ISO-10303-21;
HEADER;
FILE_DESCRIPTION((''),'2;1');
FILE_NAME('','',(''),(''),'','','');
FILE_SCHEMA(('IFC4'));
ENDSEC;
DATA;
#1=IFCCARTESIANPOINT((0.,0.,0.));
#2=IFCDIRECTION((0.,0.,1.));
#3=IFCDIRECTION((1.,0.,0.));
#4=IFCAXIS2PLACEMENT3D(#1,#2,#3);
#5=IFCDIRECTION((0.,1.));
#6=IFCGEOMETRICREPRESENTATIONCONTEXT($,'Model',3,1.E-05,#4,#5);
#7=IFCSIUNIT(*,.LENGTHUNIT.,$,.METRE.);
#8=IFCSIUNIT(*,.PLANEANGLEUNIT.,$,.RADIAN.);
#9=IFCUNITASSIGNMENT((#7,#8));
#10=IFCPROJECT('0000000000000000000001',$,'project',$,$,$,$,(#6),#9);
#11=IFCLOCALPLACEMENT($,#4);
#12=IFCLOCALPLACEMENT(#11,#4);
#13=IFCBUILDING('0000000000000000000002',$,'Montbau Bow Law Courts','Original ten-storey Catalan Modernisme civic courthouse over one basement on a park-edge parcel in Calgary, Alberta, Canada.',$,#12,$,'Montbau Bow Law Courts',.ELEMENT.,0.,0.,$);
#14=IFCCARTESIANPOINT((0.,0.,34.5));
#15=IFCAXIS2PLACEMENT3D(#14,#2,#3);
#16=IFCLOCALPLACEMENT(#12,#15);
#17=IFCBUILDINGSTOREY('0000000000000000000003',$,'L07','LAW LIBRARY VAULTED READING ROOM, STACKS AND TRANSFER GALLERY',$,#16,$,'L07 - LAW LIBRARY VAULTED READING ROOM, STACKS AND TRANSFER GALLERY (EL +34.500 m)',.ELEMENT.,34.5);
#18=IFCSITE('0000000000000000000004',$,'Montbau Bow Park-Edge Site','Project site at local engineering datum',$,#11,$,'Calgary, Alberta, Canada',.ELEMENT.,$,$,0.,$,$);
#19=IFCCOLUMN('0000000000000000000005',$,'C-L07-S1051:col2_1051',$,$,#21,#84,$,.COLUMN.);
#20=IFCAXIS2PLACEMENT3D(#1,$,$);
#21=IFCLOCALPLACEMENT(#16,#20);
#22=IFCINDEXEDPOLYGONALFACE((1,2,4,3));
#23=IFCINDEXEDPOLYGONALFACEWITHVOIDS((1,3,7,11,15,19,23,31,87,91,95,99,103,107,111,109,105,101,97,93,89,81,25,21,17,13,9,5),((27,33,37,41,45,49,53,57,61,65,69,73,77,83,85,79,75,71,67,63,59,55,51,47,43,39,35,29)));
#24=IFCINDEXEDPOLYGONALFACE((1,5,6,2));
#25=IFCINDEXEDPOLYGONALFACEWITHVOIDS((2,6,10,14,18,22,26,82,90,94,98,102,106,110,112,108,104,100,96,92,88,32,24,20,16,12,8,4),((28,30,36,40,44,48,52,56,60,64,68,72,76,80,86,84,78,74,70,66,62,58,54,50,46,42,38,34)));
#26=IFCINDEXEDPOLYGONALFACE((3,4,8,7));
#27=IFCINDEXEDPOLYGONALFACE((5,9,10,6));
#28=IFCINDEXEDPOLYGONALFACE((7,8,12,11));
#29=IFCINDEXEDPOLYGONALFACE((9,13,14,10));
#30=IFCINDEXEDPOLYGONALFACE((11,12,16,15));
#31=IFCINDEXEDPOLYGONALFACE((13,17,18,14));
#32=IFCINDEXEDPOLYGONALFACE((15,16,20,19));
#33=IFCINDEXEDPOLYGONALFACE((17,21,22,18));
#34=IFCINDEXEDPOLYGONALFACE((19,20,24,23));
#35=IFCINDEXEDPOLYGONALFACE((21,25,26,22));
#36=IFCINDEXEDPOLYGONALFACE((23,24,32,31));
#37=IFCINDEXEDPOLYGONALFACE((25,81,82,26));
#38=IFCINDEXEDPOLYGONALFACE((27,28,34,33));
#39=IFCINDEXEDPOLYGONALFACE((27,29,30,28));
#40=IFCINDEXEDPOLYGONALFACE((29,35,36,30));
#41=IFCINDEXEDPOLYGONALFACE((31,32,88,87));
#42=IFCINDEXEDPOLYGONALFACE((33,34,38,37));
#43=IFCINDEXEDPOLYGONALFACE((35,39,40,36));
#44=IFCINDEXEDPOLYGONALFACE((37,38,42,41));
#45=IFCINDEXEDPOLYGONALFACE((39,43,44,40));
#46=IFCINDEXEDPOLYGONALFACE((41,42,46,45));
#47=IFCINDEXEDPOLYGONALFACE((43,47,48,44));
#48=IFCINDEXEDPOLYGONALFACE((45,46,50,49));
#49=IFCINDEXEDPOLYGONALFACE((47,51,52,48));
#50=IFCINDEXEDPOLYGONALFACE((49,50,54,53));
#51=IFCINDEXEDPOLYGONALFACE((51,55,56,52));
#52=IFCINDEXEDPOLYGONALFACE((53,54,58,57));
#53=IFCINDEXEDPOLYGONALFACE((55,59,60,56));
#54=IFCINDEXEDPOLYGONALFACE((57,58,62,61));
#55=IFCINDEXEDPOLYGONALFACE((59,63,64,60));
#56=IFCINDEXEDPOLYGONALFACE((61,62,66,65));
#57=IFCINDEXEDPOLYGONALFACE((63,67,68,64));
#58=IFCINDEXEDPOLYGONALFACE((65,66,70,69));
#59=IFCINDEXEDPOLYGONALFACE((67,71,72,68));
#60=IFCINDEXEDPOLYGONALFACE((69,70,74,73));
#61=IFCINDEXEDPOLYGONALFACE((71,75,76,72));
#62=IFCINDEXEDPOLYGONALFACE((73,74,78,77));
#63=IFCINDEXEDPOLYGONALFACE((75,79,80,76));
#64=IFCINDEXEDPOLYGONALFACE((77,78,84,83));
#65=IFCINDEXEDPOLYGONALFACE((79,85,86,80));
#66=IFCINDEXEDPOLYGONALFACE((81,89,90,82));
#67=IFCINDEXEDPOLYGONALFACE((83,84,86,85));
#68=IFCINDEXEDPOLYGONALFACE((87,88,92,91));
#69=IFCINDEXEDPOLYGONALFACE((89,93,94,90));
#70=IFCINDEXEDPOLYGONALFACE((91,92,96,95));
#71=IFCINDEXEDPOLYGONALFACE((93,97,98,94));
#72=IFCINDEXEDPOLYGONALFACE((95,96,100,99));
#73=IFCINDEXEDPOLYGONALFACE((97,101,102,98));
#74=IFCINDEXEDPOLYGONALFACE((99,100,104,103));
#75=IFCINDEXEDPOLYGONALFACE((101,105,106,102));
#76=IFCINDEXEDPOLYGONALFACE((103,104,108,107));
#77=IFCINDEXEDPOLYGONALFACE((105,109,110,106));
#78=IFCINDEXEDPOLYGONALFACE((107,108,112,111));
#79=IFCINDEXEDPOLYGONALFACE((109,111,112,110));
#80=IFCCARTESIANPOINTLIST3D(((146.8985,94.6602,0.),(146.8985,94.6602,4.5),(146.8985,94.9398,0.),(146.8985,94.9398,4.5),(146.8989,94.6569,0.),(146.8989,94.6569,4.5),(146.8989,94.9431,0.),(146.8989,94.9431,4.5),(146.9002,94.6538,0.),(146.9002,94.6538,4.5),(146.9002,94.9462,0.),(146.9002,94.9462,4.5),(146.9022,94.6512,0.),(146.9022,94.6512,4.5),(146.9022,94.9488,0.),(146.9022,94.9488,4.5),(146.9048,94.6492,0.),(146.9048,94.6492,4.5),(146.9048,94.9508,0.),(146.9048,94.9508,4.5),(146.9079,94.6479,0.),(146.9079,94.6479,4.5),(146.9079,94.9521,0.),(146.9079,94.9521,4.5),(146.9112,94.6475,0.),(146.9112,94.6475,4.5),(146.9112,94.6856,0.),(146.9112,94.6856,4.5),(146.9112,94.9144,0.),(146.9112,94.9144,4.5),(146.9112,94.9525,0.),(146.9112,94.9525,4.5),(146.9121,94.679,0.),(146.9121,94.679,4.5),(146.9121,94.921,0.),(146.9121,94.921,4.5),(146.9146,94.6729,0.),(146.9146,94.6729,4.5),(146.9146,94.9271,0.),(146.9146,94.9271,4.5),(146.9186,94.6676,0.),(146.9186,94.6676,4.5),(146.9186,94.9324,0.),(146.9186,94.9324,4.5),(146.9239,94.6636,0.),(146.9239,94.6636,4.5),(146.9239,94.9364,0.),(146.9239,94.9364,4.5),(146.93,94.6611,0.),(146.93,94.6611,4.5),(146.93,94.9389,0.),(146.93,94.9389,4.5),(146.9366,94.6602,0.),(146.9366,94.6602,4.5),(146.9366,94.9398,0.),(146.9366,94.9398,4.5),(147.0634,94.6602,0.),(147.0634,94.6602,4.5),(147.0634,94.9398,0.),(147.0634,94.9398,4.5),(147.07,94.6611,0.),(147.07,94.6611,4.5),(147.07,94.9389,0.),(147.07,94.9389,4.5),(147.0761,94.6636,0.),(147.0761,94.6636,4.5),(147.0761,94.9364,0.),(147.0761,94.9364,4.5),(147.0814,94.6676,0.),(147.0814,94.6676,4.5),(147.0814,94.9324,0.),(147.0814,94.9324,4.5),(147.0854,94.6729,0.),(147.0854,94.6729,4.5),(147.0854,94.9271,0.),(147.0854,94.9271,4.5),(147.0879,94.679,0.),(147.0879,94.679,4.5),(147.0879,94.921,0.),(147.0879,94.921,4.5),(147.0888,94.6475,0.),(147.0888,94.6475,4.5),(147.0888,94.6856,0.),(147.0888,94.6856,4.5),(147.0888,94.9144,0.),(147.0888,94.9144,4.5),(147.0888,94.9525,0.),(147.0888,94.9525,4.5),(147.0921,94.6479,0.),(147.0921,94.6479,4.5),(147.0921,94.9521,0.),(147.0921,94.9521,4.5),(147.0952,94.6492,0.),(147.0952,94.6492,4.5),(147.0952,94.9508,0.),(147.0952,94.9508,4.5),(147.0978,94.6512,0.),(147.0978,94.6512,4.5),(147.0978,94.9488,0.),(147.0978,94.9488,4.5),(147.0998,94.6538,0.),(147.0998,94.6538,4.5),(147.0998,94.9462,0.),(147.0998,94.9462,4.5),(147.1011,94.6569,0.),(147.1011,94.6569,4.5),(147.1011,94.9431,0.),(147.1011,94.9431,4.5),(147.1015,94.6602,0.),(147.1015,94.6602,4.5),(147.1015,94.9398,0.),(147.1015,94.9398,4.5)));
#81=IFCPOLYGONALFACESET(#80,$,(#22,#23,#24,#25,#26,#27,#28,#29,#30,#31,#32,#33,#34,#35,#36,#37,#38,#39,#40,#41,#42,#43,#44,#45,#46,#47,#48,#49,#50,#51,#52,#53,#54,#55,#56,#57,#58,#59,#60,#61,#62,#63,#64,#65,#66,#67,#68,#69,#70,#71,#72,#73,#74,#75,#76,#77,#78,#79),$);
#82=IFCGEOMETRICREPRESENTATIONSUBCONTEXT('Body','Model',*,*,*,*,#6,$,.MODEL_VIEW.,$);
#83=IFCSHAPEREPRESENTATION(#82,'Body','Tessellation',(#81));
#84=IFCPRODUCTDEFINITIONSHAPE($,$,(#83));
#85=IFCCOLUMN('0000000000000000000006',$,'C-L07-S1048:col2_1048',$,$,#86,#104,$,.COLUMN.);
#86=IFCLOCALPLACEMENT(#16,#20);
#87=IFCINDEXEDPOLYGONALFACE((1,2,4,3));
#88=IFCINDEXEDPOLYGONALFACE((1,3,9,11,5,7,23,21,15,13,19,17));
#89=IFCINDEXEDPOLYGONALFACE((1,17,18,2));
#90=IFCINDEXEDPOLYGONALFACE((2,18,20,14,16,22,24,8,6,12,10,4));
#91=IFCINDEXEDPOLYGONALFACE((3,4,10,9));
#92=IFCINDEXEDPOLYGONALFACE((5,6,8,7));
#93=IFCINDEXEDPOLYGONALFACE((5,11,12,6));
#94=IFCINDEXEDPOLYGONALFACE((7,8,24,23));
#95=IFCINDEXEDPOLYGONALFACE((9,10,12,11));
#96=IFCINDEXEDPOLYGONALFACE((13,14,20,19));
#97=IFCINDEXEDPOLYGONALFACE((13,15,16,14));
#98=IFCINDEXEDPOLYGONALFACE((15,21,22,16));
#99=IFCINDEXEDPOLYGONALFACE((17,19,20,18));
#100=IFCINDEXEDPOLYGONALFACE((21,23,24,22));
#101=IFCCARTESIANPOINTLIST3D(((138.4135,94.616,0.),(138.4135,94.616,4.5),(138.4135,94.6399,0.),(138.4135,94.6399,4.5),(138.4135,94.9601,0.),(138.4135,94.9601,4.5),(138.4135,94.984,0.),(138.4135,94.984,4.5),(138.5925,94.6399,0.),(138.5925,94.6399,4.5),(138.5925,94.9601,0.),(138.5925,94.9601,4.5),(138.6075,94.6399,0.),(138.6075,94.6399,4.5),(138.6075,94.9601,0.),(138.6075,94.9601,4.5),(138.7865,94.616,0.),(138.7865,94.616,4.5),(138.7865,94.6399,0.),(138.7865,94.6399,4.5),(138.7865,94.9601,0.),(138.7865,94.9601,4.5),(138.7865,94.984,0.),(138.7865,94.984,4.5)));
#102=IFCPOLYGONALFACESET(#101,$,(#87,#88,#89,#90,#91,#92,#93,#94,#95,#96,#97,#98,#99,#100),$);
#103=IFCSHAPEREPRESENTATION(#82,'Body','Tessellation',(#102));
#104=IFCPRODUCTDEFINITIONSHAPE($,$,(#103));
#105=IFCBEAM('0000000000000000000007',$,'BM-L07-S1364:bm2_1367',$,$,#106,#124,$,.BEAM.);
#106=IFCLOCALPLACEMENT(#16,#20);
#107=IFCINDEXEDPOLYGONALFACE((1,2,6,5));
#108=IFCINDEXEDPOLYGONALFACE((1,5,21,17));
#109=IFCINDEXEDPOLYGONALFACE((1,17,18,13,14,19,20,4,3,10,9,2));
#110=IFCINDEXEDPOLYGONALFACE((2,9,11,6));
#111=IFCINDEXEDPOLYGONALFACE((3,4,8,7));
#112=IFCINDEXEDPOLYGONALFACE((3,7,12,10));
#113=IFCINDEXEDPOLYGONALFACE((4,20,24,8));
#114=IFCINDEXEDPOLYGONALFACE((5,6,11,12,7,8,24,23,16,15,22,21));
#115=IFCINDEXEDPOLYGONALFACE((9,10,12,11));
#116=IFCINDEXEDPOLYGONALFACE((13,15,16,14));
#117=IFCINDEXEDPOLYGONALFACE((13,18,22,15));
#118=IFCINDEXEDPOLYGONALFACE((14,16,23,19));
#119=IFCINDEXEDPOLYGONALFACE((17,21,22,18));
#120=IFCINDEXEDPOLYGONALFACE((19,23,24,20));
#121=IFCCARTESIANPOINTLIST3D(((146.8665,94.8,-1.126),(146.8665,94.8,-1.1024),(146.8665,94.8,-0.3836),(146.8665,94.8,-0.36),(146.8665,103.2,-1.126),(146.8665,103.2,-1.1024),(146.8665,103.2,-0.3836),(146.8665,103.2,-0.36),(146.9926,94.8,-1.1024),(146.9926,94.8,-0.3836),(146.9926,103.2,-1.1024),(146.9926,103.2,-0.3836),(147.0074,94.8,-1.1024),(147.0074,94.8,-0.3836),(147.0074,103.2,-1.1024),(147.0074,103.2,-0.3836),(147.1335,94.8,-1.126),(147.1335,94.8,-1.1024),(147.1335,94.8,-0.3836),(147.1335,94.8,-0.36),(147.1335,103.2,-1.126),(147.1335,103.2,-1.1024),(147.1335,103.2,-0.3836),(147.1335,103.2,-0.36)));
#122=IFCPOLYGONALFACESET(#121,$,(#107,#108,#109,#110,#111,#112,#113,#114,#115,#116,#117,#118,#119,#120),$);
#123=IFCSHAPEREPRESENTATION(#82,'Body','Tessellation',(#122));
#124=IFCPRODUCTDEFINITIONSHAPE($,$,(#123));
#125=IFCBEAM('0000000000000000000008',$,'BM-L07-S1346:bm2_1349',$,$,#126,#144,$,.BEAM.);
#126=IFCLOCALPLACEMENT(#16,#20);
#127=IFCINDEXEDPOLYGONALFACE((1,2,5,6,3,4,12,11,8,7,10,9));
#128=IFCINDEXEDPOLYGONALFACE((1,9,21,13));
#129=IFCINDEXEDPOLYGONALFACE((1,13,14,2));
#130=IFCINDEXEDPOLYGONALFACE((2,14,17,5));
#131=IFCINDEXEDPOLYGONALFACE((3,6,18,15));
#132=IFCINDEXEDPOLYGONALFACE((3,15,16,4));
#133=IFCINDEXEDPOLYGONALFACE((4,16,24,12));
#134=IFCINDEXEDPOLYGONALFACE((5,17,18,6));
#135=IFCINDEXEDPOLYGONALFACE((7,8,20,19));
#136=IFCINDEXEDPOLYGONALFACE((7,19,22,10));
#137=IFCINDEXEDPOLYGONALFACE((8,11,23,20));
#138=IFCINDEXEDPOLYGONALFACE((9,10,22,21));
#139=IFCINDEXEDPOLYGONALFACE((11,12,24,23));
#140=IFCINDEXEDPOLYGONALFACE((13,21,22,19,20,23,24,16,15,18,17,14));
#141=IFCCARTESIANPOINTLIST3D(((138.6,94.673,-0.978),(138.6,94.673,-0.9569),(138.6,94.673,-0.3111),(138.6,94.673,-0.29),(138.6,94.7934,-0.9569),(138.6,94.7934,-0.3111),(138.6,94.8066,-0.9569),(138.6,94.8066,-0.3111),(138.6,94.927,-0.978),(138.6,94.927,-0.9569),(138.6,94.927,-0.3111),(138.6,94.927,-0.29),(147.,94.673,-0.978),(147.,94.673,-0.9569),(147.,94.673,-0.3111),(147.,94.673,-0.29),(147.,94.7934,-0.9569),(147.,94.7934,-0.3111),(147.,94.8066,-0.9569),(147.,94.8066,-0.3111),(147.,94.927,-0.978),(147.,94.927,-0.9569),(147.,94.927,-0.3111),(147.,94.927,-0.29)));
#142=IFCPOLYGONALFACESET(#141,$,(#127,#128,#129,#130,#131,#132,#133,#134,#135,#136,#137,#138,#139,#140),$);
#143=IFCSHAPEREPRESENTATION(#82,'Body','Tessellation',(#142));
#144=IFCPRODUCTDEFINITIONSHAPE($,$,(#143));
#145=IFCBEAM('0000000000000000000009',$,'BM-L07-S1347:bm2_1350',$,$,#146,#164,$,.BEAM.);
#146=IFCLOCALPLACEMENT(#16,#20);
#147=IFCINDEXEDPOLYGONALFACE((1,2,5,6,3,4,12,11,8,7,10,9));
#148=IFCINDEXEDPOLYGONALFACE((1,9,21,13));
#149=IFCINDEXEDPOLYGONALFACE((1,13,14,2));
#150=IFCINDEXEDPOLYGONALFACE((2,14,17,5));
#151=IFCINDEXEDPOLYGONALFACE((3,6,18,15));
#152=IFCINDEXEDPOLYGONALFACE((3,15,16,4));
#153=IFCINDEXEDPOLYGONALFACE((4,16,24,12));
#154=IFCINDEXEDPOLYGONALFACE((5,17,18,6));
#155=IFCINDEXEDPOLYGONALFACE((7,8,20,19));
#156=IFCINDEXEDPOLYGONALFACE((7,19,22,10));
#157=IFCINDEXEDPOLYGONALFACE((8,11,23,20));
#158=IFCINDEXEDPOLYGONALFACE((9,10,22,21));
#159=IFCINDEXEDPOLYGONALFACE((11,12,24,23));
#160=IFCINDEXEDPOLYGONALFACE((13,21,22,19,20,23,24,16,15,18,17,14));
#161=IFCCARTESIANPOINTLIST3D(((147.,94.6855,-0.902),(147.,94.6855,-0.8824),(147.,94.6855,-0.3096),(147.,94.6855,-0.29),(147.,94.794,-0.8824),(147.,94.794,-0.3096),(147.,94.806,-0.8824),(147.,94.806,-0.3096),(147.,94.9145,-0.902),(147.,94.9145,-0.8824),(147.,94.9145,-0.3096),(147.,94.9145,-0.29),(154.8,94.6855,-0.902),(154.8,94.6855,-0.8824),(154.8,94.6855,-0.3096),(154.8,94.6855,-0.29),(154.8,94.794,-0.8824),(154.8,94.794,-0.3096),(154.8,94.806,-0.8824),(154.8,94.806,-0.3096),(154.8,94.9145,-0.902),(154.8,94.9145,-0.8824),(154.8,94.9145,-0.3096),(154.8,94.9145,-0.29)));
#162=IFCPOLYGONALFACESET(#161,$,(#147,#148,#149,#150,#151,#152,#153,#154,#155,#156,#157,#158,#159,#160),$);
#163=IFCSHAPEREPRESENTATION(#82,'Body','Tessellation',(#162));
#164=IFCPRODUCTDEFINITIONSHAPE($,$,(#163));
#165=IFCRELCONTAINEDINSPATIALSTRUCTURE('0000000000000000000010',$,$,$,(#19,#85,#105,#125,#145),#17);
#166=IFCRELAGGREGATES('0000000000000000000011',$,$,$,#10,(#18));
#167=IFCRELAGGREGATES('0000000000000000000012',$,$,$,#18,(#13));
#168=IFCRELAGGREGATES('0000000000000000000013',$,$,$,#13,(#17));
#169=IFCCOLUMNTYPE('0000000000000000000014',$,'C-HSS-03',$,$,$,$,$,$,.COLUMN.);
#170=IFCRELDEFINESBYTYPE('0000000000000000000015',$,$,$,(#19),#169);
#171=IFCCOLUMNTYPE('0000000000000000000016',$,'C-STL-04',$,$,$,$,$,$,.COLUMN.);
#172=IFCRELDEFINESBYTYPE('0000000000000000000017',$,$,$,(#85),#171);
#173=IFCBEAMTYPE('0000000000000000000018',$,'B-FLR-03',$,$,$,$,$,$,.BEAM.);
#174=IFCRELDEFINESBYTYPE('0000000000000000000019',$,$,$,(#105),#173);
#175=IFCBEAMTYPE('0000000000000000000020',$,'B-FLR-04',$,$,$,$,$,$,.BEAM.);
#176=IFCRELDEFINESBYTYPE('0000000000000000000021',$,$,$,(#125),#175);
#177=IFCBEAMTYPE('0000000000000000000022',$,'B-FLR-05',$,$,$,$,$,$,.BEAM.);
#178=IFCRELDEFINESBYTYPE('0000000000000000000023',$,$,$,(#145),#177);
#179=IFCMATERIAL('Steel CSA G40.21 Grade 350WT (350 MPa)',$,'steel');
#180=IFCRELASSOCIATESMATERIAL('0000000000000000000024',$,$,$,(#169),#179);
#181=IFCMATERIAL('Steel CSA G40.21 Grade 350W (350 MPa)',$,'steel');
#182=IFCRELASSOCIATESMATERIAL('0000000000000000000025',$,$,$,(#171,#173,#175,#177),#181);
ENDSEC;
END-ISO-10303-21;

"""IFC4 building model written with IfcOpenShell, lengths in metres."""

from ifc_helpers import new_model, si_unit, direction, frame, origin_with_axes, origin_2d_with_axis, place, context, subcontext, project, spatial, hollow_rectangle, i_section, extrude, material, material_profile, profile_set, type_object, element, save


model = new_model("IFC4")

# Units and contexts
model_context = context("Model", 3, precision=1e-05, world=origin_with_axes(), true_north=direction((0.0, 1.0)))
body_context = subcontext(model_context, "Body", "Model", "MODEL_VIEW")
ifc_project = project(units=[si_unit("LENGTHUNIT", "METRE"), si_unit("PLANEANGLEUNIT", "RADIAN")], contexts=[model_context])

# Site, building, storey
site_placement = place(None, origin_with_axes())
site = spatial("IfcSite", under=ifc_project, at=site_placement, Name="Montbau Bow Park-Edge Site", Description="Project site at local engineering datum", LongName="Calgary, Alberta, Canada", CompositionType="ELEMENT", RefElevation=0.0)
building_placement = place(site_placement, origin_with_axes())
building = spatial("IfcBuilding", under=site, at=building_placement, Name="Montbau Bow Law Courts", Description="Original ten-storey Catalan Modernisme civic courthouse over one basement on a park-edge parcel in Calgary, Alberta, Canada.", LongName="Montbau Bow Law Courts", CompositionType="ELEMENT", ElevationOfRefHeight=0.0, ElevationOfTerrain=0.0)
storey_placement = place(building_placement, frame((0.0, 0.0, 34.5), z_axis=(0.0, 0.0, 1.0), x_axis=(1.0, 0.0, 0.0)))
storey = spatial("IfcBuildingStorey", under=building, at=storey_placement, Name="L07", Description="LAW LIBRARY VAULTED READING ROOM, STACKS AND TRANSFER GALLERY", LongName="L07 - LAW LIBRARY VAULTED READING ROOM, STACKS AND TRANSFER GALLERY (EL +34.500 m)", CompositionType="ELEMENT", Elevation=34.5)

# Columns
ifc_material_1 = material(Name="Steel CSA G40.21 Grade 350WT (350 MPa)", Category="steel")
ifc_material_profile_1 = material_profile(ifc_material_1, hollow_rectangle(XDim=0.203, YDim=0.305, WallThickness=0.0127, InnerFilletRadius=0.0254, OuterFilletRadius=0.0127, at=origin_2d_with_axis()), Name="HSS305X203X13", Category="Main", Priority=0)
ifc_profile_set_1 = profile_set([ifc_material_profile_1], Name="Steel CSA G40.21 Grade 350WT (350 MPa)")
column_type_1 = type_object("IfcColumnType", Name="C-HSS-03", PredefinedType="COLUMN", material=ifc_profile_set_1)
column_1_placement = place(None, frame((147.0, 94.8, 34.5), z_axis=(0.0, 0.0, 1.0), x_axis=(1.0, 0.0, 0.0)))
element("IfcColumn", 1, at=column_1_placement, inside=storey, type_object=column_type_1, Name="C-L07-S1051:col2_1051", PredefinedType="COLUMN", context=body_context, shape_type="SweptSolid", body=[
    extrude(hollow_rectangle(XDim=0.203, YDim=0.305, WallThickness=0.0127, InnerFilletRadius=0.0254, OuterFilletRadius=0.0127, at=origin_2d_with_axis()), origin_with_axes(), (0.0, 0.0, 1.0), 4.5),
])
ifc_material_2 = material(Name="Steel CSA G40.21 Grade 350W (350 MPa)", Category="steel")
ifc_material_profile_2 = material_profile(ifc_material_2, i_section(OverallWidth=0.373, OverallDepth=0.368, WebThickness=0.015, FlangeThickness=0.0239, at=origin_2d_with_axis()), Name="W360X179", Category="Main", Priority=0)
ifc_profile_set_2 = profile_set([ifc_material_profile_2], Name="Steel CSA G40.21 Grade 350W (350 MPa)")
column_type_2 = type_object("IfcColumnType", Name="C-STL-04", PredefinedType="COLUMN", material=ifc_profile_set_2)
column_2_placement = place(None, frame((138.6, 94.8, 34.5), z_axis=(0.0, 0.0, 1.0), x_axis=(1.0, 0.0, 0.0)))
element("IfcColumn", 2, at=column_2_placement, inside=storey, type_object=column_type_2, Name="C-L07-S1048:col2_1048", PredefinedType="COLUMN", context=body_context, shape_type="SweptSolid", body=[
    extrude(i_section(OverallWidth=0.373, OverallDepth=0.368, WebThickness=0.015, FlangeThickness=0.0239, at=origin_2d_with_axis()), origin_with_axes(), (0.0, 0.0, 1.0), 4.5),
])

# Beams
ifc_material_profile_3 = material_profile(ifc_material_2, i_section(OverallWidth=0.267, OverallDepth=0.766, WebThickness=0.0149, FlangeThickness=0.0236, at=origin_2d_with_axis()), Name="W760X185", Category="Main", Priority=0)
ifc_profile_set_3 = profile_set([ifc_material_profile_3], Name="Steel CSA G40.21 Grade 350W (350 MPa)")
beam_type_1 = type_object("IfcBeamType", Name="B-FLR-03", PredefinedType="BEAM", material=ifc_profile_set_3)
beam_1_placement = place(None, frame((147.0, 94.8, 33.757), z_axis=(0.0, 1.0, 0.0), x_axis=(-1.0, 0.0, 0.0)))
element("IfcBeam", 3, at=beam_1_placement, inside=storey, type_object=beam_type_1, Name="BM-L07-S1364:bm2_1367", PredefinedType="BEAM", context=body_context, shape_type="SweptSolid", body=[
    extrude(i_section(OverallWidth=0.267, OverallDepth=0.766, WebThickness=0.0149, FlangeThickness=0.0236, at=origin_2d_with_axis()), origin_with_axes(), (0.0, 0.0, 1.0), 8.4),
])
ifc_material_profile_4 = material_profile(ifc_material_2, i_section(OverallWidth=0.254, OverallDepth=0.688, WebThickness=0.0131, FlangeThickness=0.0211, at=origin_2d_with_axis()), Name="W690X152", Category="Main", Priority=0)
ifc_profile_set_4 = profile_set([ifc_material_profile_4], Name="Steel CSA G40.21 Grade 350W (350 MPa)")
beam_type_2 = type_object("IfcBeamType", Name="B-FLR-04", PredefinedType="BEAM", material=ifc_profile_set_4)
beam_2_placement = place(None, frame((138.6, 94.8, 33.866), z_axis=(1.0, 0.0, 0.0), x_axis=(0.0, 1.0, 0.0)))
element("IfcBeam", 4, at=beam_2_placement, inside=storey, type_object=beam_type_2, Name="BM-L07-S1346:bm2_1349", PredefinedType="BEAM", context=body_context, shape_type="SweptSolid", body=[
    extrude(i_section(OverallWidth=0.254, OverallDepth=0.688, WebThickness=0.0131, FlangeThickness=0.0211, at=origin_2d_with_axis()), origin_with_axes(), (0.0, 0.0, 1.0), 8.4),
])
ifc_material_profile_5 = material_profile(ifc_material_2, i_section(OverallWidth=0.229, OverallDepth=0.612, WebThickness=0.0119, FlangeThickness=0.0196, at=origin_2d_with_axis()), Name="W610X125", Category="Main", Priority=0)
ifc_profile_set_5 = profile_set([ifc_material_profile_5], Name="Steel CSA G40.21 Grade 350W (350 MPa)")
beam_type_3 = type_object("IfcBeamType", Name="B-FLR-05", PredefinedType="BEAM", material=ifc_profile_set_5)
beam_3_placement = place(None, frame((147.0, 94.8, 33.904), z_axis=(1.0, 0.0, 0.0), x_axis=(0.0, 1.0, 0.0)))
element("IfcBeam", 5, at=beam_3_placement, inside=storey, type_object=beam_type_3, Name="BM-L07-S1347:bm2_1350", PredefinedType="BEAM", context=body_context, shape_type="SweptSolid", body=[
    extrude(i_section(OverallWidth=0.229, OverallDepth=0.612, WebThickness=0.0119, FlangeThickness=0.0196, at=origin_2d_with_axis()), origin_with_axes(), (0.0, 0.0, 1.0), 7.8),
])

save(model, "model.ifc")
